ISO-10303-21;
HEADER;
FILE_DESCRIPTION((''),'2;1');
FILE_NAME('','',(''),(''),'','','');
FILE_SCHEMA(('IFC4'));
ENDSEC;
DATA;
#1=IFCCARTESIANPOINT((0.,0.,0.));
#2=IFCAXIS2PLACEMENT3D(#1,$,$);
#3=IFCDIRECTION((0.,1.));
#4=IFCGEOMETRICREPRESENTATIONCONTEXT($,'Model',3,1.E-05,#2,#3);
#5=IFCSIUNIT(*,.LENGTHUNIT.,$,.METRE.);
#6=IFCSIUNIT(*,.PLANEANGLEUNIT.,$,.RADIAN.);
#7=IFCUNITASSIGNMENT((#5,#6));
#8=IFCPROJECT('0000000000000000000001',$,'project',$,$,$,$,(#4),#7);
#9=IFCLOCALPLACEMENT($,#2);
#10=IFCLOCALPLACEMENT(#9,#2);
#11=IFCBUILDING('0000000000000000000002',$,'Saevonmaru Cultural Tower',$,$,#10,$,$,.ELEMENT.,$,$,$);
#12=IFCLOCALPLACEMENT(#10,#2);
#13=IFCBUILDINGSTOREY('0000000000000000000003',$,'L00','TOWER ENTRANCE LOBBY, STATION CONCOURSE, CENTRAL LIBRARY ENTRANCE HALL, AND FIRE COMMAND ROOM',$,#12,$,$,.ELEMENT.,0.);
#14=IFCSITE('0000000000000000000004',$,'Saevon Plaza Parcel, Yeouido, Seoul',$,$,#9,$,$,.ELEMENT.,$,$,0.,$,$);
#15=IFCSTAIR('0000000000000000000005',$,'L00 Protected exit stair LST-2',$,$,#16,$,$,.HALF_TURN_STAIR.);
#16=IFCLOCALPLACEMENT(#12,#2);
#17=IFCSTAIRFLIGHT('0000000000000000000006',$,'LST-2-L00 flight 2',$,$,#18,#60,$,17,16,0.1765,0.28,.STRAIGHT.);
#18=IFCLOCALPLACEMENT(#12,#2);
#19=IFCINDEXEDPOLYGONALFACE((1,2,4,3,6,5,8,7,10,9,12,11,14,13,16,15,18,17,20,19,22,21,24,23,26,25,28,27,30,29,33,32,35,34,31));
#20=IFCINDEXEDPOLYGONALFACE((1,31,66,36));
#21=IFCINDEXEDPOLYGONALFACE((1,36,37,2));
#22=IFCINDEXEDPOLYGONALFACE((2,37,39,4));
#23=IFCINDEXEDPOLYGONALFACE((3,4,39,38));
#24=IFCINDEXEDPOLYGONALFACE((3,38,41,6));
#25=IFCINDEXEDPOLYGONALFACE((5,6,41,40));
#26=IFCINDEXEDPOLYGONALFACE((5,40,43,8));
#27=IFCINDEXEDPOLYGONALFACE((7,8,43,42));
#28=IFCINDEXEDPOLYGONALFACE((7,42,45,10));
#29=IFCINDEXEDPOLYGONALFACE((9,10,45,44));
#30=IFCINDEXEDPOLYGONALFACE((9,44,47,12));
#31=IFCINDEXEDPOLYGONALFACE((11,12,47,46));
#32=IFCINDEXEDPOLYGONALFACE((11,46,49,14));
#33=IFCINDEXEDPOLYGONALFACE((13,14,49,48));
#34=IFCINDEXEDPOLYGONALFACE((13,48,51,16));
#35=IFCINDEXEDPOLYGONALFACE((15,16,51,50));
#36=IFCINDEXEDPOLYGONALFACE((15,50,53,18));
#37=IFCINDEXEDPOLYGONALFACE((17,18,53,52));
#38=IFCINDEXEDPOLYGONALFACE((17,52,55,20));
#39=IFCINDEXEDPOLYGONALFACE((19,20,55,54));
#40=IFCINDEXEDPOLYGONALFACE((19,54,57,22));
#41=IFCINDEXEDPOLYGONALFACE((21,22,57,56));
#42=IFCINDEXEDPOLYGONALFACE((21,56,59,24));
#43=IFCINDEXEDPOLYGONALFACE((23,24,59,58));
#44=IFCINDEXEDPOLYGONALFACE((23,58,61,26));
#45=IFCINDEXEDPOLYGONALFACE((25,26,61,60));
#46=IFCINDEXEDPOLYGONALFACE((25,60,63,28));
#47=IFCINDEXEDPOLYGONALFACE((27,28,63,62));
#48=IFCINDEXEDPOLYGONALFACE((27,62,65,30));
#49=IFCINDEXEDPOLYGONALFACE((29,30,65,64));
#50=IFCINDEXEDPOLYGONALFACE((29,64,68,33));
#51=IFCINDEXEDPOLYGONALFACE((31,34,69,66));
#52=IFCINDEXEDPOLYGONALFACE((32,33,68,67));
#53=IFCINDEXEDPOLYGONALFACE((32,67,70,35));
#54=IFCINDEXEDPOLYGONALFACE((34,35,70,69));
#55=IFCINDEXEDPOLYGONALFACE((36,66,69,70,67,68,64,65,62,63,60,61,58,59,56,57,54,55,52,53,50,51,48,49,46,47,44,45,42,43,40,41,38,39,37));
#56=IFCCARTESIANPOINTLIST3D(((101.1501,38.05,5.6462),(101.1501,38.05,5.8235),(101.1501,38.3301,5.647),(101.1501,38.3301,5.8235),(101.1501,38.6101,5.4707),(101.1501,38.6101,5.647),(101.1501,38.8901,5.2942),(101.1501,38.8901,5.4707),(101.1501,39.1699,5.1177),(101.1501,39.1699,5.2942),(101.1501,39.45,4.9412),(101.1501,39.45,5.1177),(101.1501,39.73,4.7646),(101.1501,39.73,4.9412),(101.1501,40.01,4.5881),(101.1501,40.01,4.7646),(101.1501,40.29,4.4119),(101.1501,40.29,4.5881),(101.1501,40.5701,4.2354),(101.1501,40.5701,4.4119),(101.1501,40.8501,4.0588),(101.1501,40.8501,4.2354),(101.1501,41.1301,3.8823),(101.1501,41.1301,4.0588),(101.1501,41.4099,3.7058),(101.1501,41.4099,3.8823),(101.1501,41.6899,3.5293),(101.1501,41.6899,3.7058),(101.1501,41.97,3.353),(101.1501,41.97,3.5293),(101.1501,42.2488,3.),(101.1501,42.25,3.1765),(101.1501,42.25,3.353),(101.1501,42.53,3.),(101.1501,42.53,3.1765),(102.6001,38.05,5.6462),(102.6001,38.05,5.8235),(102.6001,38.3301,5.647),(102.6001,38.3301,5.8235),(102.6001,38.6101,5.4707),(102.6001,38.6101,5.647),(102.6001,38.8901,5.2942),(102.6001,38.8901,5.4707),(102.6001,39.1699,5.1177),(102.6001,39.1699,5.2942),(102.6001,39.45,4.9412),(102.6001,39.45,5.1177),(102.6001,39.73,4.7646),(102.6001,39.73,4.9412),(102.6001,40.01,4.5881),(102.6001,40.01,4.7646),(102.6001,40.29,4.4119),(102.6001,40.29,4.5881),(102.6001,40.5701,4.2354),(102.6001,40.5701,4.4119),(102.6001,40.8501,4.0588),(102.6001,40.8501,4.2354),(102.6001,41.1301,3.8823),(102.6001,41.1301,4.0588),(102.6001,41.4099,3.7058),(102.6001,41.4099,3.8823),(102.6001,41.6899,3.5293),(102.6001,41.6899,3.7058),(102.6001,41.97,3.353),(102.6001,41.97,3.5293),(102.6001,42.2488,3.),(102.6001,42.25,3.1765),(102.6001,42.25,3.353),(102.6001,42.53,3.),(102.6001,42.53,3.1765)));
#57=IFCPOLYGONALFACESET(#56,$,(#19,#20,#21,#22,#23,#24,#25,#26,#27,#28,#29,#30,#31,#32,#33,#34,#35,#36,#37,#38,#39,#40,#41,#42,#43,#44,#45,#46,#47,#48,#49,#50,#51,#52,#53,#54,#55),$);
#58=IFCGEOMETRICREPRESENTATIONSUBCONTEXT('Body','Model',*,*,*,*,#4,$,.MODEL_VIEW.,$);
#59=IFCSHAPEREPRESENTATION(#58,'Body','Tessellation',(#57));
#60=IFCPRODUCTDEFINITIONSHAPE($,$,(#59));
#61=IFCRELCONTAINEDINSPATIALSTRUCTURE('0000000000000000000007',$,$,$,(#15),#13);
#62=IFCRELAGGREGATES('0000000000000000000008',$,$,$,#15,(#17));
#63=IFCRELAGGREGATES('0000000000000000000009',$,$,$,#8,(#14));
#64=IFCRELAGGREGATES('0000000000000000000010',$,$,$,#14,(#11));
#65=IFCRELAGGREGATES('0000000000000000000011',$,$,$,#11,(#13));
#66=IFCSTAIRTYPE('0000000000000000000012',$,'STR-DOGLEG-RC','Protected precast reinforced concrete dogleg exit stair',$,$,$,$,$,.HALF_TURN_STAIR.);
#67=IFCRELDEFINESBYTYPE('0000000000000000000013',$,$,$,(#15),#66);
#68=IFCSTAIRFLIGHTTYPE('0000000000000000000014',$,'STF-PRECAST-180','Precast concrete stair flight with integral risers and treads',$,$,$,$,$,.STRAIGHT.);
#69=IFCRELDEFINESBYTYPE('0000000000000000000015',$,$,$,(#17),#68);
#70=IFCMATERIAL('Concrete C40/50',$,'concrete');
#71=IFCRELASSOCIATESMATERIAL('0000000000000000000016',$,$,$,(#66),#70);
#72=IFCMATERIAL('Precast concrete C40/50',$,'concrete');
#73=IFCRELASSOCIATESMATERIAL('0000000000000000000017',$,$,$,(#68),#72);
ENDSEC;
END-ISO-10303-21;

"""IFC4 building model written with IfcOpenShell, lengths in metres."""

from ifc_helpers import new_model, si_unit, direction, frame, origin, place, context, subcontext, project, spatial, polyline, outline, extrude, material, type_object, element, aggregate, save


model = new_model("IFC4")

# Units and contexts
model_context = context("Model", 3, precision=1e-05, world=origin(), true_north=direction((0.0, 1.0)))
body_context = subcontext(model_context, "Body", "Model", "MODEL_VIEW")
ifc_project = project(units=[si_unit("LENGTHUNIT", "METRE"), si_unit("PLANEANGLEUNIT", "RADIAN")], contexts=[model_context])

# Site, building, storey
site_placement = place(None, origin())
site = spatial("IfcSite", under=ifc_project, at=site_placement, Name="Saevon Plaza Parcel, Yeouido, Seoul", CompositionType="ELEMENT", RefElevation=0.0)
building_placement = place(site_placement, origin())
building = spatial("IfcBuilding", under=site, at=building_placement, Name="Saevonmaru Cultural Tower", CompositionType="ELEMENT")
storey_placement = place(building_placement, origin())
storey = spatial("IfcBuildingStorey", under=building, at=storey_placement, Name="L00", Description="TOWER ENTRANCE LOBBY, STATION CONCOURSE, CENTRAL LIBRARY ENTRANCE HALL, AND FIRE COMMAND ROOM", CompositionType="ELEMENT", Elevation=0.0)

# Shared definitions
ifc_material_1 = material(Name="Concrete C40/50", Category="concrete")

# Stair, stair flight
stair_type = type_object("IfcStairType", Name="STR-DOGLEG-RC", Description="Protected precast reinforced concrete dogleg exit stair", PredefinedType="HALF_TURN_STAIR", material=ifc_material_1)
stair_placement = place(storey_placement, origin())
stair = element("IfcStair", 1, at=stair_placement, inside=storey, type_object=stair_type, Name="L00 Protected exit stair LST-2", PredefinedType="HALF_TURN_STAIR")
ifc_material_2 = material(Name="Precast concrete C40/50", Category="concrete")
stair_flight_type = type_object("IfcStairFlightType", Name="STF-PRECAST-180", Description="Precast concrete stair flight with integral risers and treads", PredefinedType="STRAIGHT", material=ifc_material_2)
stair_flight_1_placement = place(storey_placement, frame((101.875, 42.53, 3.0), z_axis=(0.0, 0.0, 1.0), x_axis=(0.0, -1.0, 0.0)))
stair_flight_1 = element("IfcStairFlight", 2, at=stair_flight_1_placement, type_object=stair_flight_type, Name="LST-2-L00 flight 2", NumberOfRisers=17, NumberOfTreads=16, PredefinedType="STRAIGHT", RiserHeight=0.1765, TreadLength=0.28, context=body_context, shape_type="SweptSolid", body=[
    extrude(outline(polyline([(0.0, 0.0), (0.0, 0.1765), (0.28, 0.1765), (0.28, 0.353), (0.5601, 0.353), (0.5601, 0.5293), (0.8401, 0.5293), (0.8401, 0.7058), (1.1201, 0.7058), (1.1201, 0.8823), (1.3999, 0.8823), (1.3999, 1.0588), (1.6799, 1.0588), (1.6799, 1.2354), (1.96, 1.2354), (1.96, 1.4119), (2.24, 1.4119), (2.24, 1.5881), (2.52, 1.5881), (2.52, 1.7646), (2.8, 1.7646), (2.8, 1.9412), (3.0801, 1.9412), (3.0801, 2.1177), (3.3601, 2.1177), (3.3601, 2.2942), (3.6399, 2.2942), (3.6399, 2.4707), (3.9199, 2.4707), (3.9199, 2.647), (4.2, 2.647), (4.2, 2.8235), (4.48, 2.8235), (4.48, 3.0), (4.48, 2.6462), (0.2812, 0.0), (0.0, 0.0)])), frame((0.0, 0.7251, 0.0), z_axis=(0.0, -1.0, 0.0), x_axis=(1.0, 0.0, 0.0)), (0.0, 0.0, 1.0), 1.45),
])
aggregate(stair, [stair_flight_1])

save(model, "model.ifc")
